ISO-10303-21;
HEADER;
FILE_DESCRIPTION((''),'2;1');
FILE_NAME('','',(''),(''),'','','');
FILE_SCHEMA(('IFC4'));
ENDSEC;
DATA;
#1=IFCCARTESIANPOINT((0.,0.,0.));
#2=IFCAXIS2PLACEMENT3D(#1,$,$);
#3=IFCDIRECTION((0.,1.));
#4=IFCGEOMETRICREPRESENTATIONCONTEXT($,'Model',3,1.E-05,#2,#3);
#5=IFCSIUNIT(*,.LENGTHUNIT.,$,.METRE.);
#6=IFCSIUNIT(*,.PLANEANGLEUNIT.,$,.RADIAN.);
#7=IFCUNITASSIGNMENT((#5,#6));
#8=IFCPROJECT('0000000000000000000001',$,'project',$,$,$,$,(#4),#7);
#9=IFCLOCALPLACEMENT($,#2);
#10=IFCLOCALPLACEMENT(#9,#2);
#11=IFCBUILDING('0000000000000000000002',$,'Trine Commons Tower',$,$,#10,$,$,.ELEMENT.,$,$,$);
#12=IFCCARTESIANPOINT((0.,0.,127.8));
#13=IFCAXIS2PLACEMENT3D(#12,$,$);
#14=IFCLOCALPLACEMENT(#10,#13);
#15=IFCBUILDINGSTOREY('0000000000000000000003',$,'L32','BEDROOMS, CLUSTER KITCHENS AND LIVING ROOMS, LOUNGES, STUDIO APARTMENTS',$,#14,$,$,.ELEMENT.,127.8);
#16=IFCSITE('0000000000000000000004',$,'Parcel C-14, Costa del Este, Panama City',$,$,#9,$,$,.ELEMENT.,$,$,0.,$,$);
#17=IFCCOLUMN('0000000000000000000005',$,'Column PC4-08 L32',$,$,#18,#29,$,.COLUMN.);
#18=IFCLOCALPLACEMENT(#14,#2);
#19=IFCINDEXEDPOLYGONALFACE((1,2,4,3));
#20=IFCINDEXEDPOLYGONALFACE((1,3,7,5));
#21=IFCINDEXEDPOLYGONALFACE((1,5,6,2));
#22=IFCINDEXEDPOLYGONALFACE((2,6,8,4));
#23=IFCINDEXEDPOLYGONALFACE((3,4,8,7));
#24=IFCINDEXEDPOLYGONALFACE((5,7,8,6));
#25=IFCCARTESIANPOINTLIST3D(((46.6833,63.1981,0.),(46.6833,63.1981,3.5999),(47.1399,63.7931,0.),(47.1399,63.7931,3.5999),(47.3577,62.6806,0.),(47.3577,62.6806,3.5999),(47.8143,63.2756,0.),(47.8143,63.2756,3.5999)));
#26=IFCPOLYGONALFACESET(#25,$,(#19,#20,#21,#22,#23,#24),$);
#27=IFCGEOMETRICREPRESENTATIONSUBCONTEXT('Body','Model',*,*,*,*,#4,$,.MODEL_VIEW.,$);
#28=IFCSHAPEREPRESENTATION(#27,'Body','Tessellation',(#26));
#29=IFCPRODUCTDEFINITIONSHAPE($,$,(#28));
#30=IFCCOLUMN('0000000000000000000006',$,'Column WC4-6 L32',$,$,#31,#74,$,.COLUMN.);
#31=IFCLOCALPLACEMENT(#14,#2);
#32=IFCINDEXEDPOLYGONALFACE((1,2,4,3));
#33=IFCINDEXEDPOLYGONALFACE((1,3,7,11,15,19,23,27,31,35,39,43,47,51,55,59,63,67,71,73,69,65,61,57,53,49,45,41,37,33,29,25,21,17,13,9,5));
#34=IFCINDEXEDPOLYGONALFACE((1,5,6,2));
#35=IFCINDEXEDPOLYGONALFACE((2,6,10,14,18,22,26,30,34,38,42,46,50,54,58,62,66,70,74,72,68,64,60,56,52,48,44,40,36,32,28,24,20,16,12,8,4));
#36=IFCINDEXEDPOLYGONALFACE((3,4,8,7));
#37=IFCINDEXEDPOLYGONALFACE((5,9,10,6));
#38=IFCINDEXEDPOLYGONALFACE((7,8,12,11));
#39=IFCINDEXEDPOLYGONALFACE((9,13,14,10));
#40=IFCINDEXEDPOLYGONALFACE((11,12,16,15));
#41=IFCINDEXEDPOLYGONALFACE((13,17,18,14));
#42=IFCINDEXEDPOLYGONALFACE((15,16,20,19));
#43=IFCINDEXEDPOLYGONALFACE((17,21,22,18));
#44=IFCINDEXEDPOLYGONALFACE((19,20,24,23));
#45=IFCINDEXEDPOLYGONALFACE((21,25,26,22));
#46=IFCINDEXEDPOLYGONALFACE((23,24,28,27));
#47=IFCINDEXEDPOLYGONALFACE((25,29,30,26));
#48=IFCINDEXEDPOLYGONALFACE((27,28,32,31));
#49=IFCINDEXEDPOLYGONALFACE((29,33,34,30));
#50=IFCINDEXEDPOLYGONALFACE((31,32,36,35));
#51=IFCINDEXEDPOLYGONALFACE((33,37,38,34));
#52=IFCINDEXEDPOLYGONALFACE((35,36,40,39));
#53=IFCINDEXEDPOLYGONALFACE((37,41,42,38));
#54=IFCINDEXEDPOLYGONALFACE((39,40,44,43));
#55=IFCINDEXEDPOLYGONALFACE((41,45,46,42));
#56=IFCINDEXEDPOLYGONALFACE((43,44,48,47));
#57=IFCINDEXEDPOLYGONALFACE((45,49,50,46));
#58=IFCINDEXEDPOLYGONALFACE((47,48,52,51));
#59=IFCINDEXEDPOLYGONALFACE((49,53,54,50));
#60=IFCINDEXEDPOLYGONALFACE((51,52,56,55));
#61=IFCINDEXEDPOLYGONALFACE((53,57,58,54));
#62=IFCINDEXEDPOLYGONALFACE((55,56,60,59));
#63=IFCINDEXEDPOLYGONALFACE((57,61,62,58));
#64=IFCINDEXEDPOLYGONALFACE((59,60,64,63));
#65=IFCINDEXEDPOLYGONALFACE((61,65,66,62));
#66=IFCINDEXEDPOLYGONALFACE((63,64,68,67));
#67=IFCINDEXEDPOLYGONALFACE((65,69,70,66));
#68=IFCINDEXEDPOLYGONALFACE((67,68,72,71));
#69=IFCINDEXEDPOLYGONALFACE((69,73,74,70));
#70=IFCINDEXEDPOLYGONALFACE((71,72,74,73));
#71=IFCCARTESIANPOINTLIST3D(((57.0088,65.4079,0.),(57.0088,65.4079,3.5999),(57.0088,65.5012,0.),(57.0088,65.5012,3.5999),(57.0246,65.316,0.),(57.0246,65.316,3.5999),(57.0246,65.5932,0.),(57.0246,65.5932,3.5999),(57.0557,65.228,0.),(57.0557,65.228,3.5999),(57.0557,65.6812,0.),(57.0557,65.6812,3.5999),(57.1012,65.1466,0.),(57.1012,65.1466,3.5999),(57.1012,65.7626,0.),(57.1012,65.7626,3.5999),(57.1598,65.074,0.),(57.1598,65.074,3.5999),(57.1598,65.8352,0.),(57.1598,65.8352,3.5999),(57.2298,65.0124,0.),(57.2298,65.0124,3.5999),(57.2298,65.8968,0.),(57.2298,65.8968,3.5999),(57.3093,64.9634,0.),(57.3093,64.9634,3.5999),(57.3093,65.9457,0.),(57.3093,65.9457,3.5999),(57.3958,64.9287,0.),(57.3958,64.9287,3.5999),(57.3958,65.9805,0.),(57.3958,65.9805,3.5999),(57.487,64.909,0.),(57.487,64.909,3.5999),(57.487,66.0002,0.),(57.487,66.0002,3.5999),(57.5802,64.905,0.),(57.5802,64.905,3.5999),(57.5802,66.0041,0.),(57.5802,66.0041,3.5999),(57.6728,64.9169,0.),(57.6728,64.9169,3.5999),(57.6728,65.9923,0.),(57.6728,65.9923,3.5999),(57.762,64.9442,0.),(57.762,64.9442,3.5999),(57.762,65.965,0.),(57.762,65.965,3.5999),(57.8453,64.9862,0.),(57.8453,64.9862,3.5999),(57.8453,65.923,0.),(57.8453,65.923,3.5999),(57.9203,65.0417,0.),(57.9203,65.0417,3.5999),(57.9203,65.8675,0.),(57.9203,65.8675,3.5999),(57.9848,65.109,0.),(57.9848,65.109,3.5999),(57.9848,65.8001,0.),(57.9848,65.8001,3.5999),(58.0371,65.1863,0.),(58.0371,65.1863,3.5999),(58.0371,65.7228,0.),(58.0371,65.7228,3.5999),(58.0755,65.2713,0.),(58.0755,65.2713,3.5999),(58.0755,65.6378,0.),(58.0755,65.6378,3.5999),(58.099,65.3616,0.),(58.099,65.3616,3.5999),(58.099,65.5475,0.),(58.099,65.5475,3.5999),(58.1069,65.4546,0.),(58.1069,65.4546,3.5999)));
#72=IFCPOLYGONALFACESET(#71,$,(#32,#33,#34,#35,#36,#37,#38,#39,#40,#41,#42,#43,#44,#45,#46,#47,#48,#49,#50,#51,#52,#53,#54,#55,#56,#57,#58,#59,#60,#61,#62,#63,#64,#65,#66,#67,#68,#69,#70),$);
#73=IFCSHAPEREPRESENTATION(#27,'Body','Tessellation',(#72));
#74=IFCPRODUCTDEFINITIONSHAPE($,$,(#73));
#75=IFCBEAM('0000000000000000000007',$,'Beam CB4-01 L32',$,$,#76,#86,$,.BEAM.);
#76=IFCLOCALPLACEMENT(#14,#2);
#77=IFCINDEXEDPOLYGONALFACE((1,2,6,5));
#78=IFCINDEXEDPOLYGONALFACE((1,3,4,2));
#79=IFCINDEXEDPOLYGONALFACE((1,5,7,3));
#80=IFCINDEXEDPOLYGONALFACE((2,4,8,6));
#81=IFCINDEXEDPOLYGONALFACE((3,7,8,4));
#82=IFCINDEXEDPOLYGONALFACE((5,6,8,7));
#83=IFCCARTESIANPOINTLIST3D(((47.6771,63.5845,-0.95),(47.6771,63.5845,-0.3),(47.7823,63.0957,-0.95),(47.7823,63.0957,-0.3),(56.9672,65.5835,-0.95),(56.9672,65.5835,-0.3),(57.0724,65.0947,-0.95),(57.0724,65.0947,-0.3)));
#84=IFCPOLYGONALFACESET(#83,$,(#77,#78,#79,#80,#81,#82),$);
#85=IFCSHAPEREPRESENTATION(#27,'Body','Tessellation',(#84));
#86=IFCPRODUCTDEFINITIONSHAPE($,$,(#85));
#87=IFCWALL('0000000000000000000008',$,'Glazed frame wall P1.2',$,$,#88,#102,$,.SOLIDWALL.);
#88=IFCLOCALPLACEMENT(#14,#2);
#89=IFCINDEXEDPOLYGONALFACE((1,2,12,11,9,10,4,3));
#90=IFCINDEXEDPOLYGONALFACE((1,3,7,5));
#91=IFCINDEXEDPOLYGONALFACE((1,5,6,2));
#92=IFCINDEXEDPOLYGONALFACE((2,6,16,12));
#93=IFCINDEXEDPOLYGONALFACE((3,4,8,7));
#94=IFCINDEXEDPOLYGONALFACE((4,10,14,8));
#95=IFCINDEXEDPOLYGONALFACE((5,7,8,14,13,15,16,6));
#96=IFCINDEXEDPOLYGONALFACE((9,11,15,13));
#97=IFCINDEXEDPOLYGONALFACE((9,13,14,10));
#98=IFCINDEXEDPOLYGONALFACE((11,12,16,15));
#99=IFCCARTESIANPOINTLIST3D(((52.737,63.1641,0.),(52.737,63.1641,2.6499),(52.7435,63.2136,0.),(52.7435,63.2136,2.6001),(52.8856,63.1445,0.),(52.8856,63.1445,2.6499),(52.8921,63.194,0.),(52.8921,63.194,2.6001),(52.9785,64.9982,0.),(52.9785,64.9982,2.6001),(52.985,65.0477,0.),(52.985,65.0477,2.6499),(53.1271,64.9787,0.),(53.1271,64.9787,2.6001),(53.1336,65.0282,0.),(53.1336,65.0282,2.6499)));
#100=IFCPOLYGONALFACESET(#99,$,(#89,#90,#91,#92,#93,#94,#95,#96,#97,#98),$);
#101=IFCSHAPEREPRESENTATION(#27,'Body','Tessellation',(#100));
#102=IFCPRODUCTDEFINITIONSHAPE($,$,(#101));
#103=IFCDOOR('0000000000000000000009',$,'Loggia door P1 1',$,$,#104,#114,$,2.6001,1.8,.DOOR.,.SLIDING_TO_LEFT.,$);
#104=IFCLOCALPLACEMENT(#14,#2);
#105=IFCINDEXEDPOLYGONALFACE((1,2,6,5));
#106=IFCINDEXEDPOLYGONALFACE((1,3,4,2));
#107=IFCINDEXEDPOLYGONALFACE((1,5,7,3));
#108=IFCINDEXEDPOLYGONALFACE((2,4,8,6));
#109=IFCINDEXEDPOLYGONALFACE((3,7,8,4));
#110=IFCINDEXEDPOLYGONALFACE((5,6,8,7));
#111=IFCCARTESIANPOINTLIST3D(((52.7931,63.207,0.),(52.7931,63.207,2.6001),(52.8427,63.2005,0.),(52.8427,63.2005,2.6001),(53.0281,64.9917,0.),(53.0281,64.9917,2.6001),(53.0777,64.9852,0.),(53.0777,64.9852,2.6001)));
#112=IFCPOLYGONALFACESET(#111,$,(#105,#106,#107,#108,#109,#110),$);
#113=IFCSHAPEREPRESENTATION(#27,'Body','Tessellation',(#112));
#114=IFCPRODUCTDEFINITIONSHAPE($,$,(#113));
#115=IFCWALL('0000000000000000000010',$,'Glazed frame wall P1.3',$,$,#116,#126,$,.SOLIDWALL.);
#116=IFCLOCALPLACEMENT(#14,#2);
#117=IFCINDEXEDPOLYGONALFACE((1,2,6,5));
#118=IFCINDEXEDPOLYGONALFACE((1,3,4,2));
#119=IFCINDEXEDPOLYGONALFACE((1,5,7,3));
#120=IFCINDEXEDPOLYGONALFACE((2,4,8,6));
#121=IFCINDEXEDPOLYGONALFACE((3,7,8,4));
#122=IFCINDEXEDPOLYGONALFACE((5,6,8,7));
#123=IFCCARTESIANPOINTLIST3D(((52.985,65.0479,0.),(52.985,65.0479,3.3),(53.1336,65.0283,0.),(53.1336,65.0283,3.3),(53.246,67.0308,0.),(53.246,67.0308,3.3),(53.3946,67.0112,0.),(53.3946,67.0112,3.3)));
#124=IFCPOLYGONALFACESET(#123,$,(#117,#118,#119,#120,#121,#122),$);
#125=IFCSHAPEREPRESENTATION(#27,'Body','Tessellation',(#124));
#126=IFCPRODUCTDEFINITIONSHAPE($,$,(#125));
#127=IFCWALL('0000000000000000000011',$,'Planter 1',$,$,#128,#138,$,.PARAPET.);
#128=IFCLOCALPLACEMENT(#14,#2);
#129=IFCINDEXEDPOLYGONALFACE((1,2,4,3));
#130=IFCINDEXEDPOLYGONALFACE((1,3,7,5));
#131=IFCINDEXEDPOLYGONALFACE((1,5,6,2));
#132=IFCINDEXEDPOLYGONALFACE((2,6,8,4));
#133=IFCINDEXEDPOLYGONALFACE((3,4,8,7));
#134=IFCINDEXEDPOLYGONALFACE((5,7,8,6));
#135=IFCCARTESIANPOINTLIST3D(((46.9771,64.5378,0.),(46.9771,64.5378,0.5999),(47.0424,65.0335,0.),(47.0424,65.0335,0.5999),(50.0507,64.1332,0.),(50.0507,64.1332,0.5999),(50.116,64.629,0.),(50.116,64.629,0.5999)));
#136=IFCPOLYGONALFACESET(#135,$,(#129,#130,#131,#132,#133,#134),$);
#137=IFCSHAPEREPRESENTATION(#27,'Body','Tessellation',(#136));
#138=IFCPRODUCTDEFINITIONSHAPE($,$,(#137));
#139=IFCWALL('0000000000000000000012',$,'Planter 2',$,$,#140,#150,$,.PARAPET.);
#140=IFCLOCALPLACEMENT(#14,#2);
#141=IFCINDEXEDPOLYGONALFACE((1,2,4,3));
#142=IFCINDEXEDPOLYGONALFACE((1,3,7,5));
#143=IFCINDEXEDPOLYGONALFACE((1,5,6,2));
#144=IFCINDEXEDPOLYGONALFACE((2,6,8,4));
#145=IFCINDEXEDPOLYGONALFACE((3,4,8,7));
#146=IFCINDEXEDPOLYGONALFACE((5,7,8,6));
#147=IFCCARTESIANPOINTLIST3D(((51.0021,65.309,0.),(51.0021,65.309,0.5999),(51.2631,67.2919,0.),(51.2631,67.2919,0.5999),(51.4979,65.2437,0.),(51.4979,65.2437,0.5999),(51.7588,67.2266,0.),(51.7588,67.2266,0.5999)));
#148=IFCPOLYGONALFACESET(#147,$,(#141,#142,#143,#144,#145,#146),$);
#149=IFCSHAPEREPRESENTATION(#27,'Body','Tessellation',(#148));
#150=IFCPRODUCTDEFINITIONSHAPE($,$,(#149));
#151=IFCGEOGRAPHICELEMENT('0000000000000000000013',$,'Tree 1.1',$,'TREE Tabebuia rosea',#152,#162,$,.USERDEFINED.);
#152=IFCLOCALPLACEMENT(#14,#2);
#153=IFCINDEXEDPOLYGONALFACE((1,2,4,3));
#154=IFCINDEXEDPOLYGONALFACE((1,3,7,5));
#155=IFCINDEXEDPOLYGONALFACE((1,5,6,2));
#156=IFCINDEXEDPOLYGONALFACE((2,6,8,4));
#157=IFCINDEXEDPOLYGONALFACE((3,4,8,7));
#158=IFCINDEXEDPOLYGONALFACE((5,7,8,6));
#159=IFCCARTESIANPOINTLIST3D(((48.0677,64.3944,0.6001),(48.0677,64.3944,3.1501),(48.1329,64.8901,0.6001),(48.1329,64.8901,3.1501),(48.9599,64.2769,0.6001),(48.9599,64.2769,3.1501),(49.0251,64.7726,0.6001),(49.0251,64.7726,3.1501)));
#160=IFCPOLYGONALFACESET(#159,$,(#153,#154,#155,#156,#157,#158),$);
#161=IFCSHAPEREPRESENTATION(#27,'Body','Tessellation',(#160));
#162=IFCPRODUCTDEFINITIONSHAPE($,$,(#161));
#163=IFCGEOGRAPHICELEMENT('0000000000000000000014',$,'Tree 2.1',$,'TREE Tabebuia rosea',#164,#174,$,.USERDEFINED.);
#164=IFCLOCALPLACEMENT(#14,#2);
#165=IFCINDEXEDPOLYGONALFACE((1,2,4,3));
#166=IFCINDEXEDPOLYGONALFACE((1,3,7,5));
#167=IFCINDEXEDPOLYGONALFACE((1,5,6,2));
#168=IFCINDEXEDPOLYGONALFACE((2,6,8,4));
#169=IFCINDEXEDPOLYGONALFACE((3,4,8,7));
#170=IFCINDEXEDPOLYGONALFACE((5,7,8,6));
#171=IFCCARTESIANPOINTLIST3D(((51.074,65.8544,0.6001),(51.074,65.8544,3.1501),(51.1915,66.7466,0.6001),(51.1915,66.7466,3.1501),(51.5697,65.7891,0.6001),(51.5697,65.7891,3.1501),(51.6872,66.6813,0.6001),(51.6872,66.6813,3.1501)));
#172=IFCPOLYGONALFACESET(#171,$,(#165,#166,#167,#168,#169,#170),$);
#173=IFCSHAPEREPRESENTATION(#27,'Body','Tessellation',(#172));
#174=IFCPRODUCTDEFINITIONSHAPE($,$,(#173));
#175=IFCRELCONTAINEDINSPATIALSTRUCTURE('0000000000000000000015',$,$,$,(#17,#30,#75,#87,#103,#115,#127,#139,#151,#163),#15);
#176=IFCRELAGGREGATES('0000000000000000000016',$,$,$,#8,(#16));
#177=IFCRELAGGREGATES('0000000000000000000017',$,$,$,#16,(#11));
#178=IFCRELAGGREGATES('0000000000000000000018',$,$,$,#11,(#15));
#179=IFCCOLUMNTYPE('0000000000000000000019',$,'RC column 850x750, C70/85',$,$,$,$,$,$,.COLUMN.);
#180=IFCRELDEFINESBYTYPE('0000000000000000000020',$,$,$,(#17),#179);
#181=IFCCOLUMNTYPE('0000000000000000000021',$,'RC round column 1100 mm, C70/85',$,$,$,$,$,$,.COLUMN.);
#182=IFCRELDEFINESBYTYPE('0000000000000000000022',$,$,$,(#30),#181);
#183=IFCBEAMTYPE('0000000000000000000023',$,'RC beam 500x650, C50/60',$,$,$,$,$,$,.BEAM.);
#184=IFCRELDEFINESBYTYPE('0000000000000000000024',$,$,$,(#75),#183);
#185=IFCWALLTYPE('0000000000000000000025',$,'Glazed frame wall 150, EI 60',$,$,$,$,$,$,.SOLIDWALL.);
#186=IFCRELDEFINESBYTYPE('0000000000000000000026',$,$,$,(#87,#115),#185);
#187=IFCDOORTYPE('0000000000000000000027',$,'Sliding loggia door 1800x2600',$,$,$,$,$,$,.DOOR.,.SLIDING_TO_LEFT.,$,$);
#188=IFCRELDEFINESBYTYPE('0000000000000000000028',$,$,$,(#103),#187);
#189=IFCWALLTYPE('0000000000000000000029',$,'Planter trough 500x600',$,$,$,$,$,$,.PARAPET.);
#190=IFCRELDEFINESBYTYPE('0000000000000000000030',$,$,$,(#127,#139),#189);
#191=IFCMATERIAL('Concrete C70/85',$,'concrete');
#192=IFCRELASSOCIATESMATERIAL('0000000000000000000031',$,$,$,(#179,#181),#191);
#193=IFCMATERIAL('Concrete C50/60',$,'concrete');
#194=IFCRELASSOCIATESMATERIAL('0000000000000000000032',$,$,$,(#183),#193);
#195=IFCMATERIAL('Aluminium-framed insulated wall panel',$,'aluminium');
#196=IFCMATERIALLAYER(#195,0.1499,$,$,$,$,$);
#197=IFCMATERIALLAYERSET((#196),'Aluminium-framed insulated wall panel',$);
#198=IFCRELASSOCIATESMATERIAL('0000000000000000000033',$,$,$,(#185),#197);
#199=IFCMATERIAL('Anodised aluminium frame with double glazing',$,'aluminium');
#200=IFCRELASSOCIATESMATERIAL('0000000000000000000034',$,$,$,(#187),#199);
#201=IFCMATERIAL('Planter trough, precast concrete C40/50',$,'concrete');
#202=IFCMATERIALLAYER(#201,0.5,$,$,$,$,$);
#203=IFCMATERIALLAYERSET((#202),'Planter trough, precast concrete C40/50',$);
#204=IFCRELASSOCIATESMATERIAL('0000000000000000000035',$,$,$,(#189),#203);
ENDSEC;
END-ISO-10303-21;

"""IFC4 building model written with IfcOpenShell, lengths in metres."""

from ifc_helpers import new_model, si_unit, direction, frame, frame_2d, origin, origin_2d, place, context, subcontext, project, spatial, polyline, rectangle, circle, outline, extrude, material, layer, layer_set, material_profile, profile_set, type_object, element, fill, save


model = new_model("IFC4")

# Units and contexts
model_context = context("Model", 3, precision=1e-05, world=origin(), true_north=direction((0.0, 1.0)))
body_context = subcontext(model_context, "Body", "Model", "MODEL_VIEW")
ifc_project = project(units=[si_unit("LENGTHUNIT", "METRE"), si_unit("PLANEANGLEUNIT", "RADIAN")], contexts=[model_context])

# Site, building, storey
site_placement = place(None, origin())
site = spatial("IfcSite", under=ifc_project, at=site_placement, Name="Parcel C-14, Costa del Este, Panama City", CompositionType="ELEMENT", RefElevation=0.0)
building_placement = place(site_placement, origin())
building = spatial("IfcBuilding", under=site, at=building_placement, Name="Trine Commons Tower", CompositionType="ELEMENT")
storey_placement = place(building_placement, frame((0.0, 0.0, 127.8)))
storey = spatial("IfcBuildingStorey", under=building, at=storey_placement, Name="L32", Description="BEDROOMS, CLUSTER KITCHENS AND LIVING ROOMS, LOUNGES, STUDIO APARTMENTS", CompositionType="ELEMENT", Elevation=127.8)

# Columns
ifc_material_1 = material(Name="Concrete C70/85", Category="concrete")
ifc_material_profile_1 = material_profile(ifc_material_1, rectangle(XDim=0.8501, YDim=0.75, at=origin_2d()), Name="RC 850x750")
ifc_profile_set_1 = profile_set([ifc_material_profile_1], Name="Concrete C70/85")
column_type_1 = type_object("IfcColumnType", Name="RC column 850x750, C70/85", PredefinedType="COLUMN", material=ifc_profile_set_1)
column_1_placement = place(storey_placement, frame((47.2488, 63.2368, 0.0), z_axis=(0.0, 0.0, 1.0), x_axis=(-0.793353, 0.608761, 0.0)))
element("IfcColumn", 1, at=column_1_placement, inside=storey, type_object=column_type_1, Name="Column PC4-08 L32", PredefinedType="COLUMN", context=body_context, shape_type="SweptSolid", body=[
    extrude(rectangle(XDim=0.8501, YDim=0.75, at=origin_2d()), origin(), (0.0, 0.0, 1.0), 3.5999),
])
ifc_material_profile_2 = material_profile(ifc_material_1, circle(Radius=0.55, at=origin_2d()), Name="RC round 1100")
ifc_profile_set_2 = profile_set([ifc_material_profile_2], Name="Concrete C70/85")
column_type_2 = type_object("IfcColumnType", Name="RC round column 1100 mm, C70/85", PredefinedType="COLUMN", material=ifc_profile_set_2)
column_2_placement = place(storey_placement, frame((57.5569, 65.4546, 0.0), z_axis=(0.0, 0.0, 1.0), x_axis=(1.0, 0.0, 0.0)))
element("IfcColumn", 2, at=column_2_placement, inside=storey, type_object=column_type_2, Name="Column WC4-6 L32", PredefinedType="COLUMN", context=body_context, shape_type="SweptSolid", body=[
    extrude(circle(Radius=0.55, at=origin_2d()), origin(), (0.0, 0.0, 1.0), 3.5999),
])

# Beam
ifc_material_2 = material(Name="Concrete C50/60", Category="concrete")
ifc_material_profile_3 = material_profile(ifc_material_2, rectangle(XDim=0.5, YDim=0.6499, at=origin_2d()), Name="RC 500x650")
ifc_profile_set_3 = profile_set([ifc_material_profile_3], Name="Concrete C50/60")
beam_type = type_object("IfcBeamType", Name="RC beam 500x650, C50/60", PredefinedType="BEAM", material=ifc_profile_set_3)
beam_placement = place(storey_placement, frame((47.7297, 63.3401, -0.625), z_axis=(0.977623, 0.210364, 0.0), x_axis=(-0.210364, 0.977623, 0.0)))
element("IfcBeam", 3, at=beam_placement, inside=storey, type_object=beam_type, Name="Beam CB4-01 L32", PredefinedType="BEAM", context=body_context, shape_type="SweptSolid", body=[
    extrude(rectangle(XDim=0.5, YDim=0.6499, at=origin_2d()), origin(), (0.0, 0.0, 1.0), 9.5027),
])

# Shared definitions
ifc_material_3 = material(Name="Aluminium-framed insulated wall panel", Category="aluminium")
ifc_layer_1 = layer(ifc_material_3, 0.1499)
ifc_layer_set_1 = layer_set([ifc_layer_1], Name="Aluminium-framed insulated wall panel")
wall_type_1 = type_object("IfcWallType", Name="Glazed frame wall 150, EI 60", PredefinedType="SOLIDWALL", material=ifc_layer_set_1)

# Wall, opening, door
wall_1_placement = place(storey_placement, frame((52.8113, 63.1543, 0.0), z_axis=(0.0, 0.0, 1.0), x_axis=(0.130548, 0.991442, 0.0)))
wall_1 = element("IfcWall", 4, at=wall_1_placement, inside=storey, type_object=wall_type_1, Name="Glazed frame wall P1.2", PredefinedType="SOLIDWALL", context=body_context, shape_type="SweptSolid", body=[
    extrude(outline(polyline([(0.0, -0.075), (1.8999, -0.075), (1.8999, 0.075), (0.0, 0.075), (0.0, -0.075)])), origin(), (0.0, 0.0, 1.0), 2.6499),
])
opening_placement = place(wall_1_placement, frame((0.05, 0.0, 0.0)))
opening = element("IfcOpeningElement", 5, at=opening_placement, cuts=wall_1, PredefinedType="OPENING", context=body_context, shape_type="SweptSolid", body=[
    extrude(rectangle(XDim=1.8, YDim=2.6001, at=frame_2d((0.8999, 1.3))), frame((0.0, 0.085, 0.0), z_axis=(0.0, -1.0, 0.0), x_axis=(1.0, 0.0, 0.0)), (0.0, 0.0, 1.0), 0.1699),
])
ifc_material_4 = material(Name="Anodised aluminium frame with double glazing", Category="aluminium")
door_type = type_object("IfcDoorType", Name="Sliding loggia door 1800x2600", OperationType="SLIDING_TO_LEFT", PredefinedType="DOOR", material=ifc_material_4)
door_placement = place(opening_placement, origin())
door = element("IfcDoor", 6, at=door_placement, inside=storey, type_object=door_type, Name="Loggia door P1 1", OperationType="SLIDING_TO_LEFT", OverallHeight=2.6001, OverallWidth=1.8, PredefinedType="DOOR", context=body_context, shape_type="SweptSolid", body=[
    extrude(rectangle(XDim=1.8, YDim=2.6001, at=frame_2d((0.8999, 1.3))), frame((0.0, 0.0249, 0.0), z_axis=(0.0, -1.0, 0.0), x_axis=(1.0, 0.0, 0.0)), (0.0, 0.0, 1.0), 0.05),
])
fill(opening, door)

# Walls
wall_2_placement = place(storey_placement, frame((53.0593, 65.0381, 0.0), z_axis=(0.0, 0.0, 1.0), x_axis=(0.130492, 0.991449, 0.0)))
element("IfcWall", 7, at=wall_2_placement, inside=storey, type_object=wall_type_1, Name="Glazed frame wall P1.3", PredefinedType="SOLIDWALL", context=body_context, shape_type="SweptSolid", body=[
    extrude(outline(polyline([(0.0, -0.075), (2.0, -0.075), (2.0, 0.075), (0.0, 0.075), (0.0, -0.075)])), origin(), (0.0, 0.0, 1.0), 3.3),
])
ifc_material_5 = material(Name="Planter trough, precast concrete C40/50", Category="concrete")
ifc_layer_2 = layer(ifc_material_5, 0.5)
ifc_layer_set_2 = layer_set([ifc_layer_2], Name="Planter trough, precast concrete C40/50")
wall_type_2 = type_object("IfcWallType", Name="Planter trough 500x600", PredefinedType="PARAPET", material=ifc_layer_set_2)
wall_3_placement = place(storey_placement, frame((47.0098, 64.7856, 0.0), z_axis=(0.0, 0.0, 1.0), x_axis=(0.991449, -0.130497, 0.0)))
element("IfcWall", 8, at=wall_3_placement, inside=storey, type_object=wall_type_2, Name="Planter 1", PredefinedType="PARAPET", context=body_context, shape_type="SweptSolid", body=[
    extrude(rectangle(XDim=3.1001, YDim=0.5, at=frame_2d((1.55, 0.0))), origin(), (0.0, 0.0, 1.0), 0.5999),
])
wall_4_placement = place(storey_placement, frame((51.25, 65.2764, 0.0), z_axis=(0.0, 0.0, 1.0), x_axis=(0.130492, 0.991449, 0.0)))
element("IfcWall", 9, at=wall_4_placement, inside=storey, type_object=wall_type_2, Name="Planter 2", PredefinedType="PARAPET", context=body_context, shape_type="SweptSolid", body=[
    extrude(rectangle(XDim=2.0, YDim=0.5, at=frame_2d((1.0, 0.0))), origin(), (0.0, 0.0, 1.0), 0.5999),
])

# Geographic elements
for number, where, z_axis, x_axis, name in (
    (10, (48.5464, 64.5835, 0.6001), (0.0, 0.0, 1.0), (0.991446, -0.130514, 0.0), "Tree 1.1"),
    (11, (51.3806, 66.2678, 0.6001), (0.0, 0.0, 1.0), (0.130543, 0.991443, 0.0), "Tree 2.1"),
):
    element("IfcGeographicElement", number, at=place(storey_placement, frame(where, z_axis=z_axis, x_axis=x_axis)), inside=storey, Name=name, ObjectType="TREE Tabebuia rosea", PredefinedType="USERDEFINED", context=body_context, shape_type="SweptSolid", body=[
        extrude(rectangle(XDim=0.8999, YDim=0.5, at=origin_2d()), origin(), (0.0, 0.0, 1.0), 2.55),
    ])

save(model, "model.ifc")
